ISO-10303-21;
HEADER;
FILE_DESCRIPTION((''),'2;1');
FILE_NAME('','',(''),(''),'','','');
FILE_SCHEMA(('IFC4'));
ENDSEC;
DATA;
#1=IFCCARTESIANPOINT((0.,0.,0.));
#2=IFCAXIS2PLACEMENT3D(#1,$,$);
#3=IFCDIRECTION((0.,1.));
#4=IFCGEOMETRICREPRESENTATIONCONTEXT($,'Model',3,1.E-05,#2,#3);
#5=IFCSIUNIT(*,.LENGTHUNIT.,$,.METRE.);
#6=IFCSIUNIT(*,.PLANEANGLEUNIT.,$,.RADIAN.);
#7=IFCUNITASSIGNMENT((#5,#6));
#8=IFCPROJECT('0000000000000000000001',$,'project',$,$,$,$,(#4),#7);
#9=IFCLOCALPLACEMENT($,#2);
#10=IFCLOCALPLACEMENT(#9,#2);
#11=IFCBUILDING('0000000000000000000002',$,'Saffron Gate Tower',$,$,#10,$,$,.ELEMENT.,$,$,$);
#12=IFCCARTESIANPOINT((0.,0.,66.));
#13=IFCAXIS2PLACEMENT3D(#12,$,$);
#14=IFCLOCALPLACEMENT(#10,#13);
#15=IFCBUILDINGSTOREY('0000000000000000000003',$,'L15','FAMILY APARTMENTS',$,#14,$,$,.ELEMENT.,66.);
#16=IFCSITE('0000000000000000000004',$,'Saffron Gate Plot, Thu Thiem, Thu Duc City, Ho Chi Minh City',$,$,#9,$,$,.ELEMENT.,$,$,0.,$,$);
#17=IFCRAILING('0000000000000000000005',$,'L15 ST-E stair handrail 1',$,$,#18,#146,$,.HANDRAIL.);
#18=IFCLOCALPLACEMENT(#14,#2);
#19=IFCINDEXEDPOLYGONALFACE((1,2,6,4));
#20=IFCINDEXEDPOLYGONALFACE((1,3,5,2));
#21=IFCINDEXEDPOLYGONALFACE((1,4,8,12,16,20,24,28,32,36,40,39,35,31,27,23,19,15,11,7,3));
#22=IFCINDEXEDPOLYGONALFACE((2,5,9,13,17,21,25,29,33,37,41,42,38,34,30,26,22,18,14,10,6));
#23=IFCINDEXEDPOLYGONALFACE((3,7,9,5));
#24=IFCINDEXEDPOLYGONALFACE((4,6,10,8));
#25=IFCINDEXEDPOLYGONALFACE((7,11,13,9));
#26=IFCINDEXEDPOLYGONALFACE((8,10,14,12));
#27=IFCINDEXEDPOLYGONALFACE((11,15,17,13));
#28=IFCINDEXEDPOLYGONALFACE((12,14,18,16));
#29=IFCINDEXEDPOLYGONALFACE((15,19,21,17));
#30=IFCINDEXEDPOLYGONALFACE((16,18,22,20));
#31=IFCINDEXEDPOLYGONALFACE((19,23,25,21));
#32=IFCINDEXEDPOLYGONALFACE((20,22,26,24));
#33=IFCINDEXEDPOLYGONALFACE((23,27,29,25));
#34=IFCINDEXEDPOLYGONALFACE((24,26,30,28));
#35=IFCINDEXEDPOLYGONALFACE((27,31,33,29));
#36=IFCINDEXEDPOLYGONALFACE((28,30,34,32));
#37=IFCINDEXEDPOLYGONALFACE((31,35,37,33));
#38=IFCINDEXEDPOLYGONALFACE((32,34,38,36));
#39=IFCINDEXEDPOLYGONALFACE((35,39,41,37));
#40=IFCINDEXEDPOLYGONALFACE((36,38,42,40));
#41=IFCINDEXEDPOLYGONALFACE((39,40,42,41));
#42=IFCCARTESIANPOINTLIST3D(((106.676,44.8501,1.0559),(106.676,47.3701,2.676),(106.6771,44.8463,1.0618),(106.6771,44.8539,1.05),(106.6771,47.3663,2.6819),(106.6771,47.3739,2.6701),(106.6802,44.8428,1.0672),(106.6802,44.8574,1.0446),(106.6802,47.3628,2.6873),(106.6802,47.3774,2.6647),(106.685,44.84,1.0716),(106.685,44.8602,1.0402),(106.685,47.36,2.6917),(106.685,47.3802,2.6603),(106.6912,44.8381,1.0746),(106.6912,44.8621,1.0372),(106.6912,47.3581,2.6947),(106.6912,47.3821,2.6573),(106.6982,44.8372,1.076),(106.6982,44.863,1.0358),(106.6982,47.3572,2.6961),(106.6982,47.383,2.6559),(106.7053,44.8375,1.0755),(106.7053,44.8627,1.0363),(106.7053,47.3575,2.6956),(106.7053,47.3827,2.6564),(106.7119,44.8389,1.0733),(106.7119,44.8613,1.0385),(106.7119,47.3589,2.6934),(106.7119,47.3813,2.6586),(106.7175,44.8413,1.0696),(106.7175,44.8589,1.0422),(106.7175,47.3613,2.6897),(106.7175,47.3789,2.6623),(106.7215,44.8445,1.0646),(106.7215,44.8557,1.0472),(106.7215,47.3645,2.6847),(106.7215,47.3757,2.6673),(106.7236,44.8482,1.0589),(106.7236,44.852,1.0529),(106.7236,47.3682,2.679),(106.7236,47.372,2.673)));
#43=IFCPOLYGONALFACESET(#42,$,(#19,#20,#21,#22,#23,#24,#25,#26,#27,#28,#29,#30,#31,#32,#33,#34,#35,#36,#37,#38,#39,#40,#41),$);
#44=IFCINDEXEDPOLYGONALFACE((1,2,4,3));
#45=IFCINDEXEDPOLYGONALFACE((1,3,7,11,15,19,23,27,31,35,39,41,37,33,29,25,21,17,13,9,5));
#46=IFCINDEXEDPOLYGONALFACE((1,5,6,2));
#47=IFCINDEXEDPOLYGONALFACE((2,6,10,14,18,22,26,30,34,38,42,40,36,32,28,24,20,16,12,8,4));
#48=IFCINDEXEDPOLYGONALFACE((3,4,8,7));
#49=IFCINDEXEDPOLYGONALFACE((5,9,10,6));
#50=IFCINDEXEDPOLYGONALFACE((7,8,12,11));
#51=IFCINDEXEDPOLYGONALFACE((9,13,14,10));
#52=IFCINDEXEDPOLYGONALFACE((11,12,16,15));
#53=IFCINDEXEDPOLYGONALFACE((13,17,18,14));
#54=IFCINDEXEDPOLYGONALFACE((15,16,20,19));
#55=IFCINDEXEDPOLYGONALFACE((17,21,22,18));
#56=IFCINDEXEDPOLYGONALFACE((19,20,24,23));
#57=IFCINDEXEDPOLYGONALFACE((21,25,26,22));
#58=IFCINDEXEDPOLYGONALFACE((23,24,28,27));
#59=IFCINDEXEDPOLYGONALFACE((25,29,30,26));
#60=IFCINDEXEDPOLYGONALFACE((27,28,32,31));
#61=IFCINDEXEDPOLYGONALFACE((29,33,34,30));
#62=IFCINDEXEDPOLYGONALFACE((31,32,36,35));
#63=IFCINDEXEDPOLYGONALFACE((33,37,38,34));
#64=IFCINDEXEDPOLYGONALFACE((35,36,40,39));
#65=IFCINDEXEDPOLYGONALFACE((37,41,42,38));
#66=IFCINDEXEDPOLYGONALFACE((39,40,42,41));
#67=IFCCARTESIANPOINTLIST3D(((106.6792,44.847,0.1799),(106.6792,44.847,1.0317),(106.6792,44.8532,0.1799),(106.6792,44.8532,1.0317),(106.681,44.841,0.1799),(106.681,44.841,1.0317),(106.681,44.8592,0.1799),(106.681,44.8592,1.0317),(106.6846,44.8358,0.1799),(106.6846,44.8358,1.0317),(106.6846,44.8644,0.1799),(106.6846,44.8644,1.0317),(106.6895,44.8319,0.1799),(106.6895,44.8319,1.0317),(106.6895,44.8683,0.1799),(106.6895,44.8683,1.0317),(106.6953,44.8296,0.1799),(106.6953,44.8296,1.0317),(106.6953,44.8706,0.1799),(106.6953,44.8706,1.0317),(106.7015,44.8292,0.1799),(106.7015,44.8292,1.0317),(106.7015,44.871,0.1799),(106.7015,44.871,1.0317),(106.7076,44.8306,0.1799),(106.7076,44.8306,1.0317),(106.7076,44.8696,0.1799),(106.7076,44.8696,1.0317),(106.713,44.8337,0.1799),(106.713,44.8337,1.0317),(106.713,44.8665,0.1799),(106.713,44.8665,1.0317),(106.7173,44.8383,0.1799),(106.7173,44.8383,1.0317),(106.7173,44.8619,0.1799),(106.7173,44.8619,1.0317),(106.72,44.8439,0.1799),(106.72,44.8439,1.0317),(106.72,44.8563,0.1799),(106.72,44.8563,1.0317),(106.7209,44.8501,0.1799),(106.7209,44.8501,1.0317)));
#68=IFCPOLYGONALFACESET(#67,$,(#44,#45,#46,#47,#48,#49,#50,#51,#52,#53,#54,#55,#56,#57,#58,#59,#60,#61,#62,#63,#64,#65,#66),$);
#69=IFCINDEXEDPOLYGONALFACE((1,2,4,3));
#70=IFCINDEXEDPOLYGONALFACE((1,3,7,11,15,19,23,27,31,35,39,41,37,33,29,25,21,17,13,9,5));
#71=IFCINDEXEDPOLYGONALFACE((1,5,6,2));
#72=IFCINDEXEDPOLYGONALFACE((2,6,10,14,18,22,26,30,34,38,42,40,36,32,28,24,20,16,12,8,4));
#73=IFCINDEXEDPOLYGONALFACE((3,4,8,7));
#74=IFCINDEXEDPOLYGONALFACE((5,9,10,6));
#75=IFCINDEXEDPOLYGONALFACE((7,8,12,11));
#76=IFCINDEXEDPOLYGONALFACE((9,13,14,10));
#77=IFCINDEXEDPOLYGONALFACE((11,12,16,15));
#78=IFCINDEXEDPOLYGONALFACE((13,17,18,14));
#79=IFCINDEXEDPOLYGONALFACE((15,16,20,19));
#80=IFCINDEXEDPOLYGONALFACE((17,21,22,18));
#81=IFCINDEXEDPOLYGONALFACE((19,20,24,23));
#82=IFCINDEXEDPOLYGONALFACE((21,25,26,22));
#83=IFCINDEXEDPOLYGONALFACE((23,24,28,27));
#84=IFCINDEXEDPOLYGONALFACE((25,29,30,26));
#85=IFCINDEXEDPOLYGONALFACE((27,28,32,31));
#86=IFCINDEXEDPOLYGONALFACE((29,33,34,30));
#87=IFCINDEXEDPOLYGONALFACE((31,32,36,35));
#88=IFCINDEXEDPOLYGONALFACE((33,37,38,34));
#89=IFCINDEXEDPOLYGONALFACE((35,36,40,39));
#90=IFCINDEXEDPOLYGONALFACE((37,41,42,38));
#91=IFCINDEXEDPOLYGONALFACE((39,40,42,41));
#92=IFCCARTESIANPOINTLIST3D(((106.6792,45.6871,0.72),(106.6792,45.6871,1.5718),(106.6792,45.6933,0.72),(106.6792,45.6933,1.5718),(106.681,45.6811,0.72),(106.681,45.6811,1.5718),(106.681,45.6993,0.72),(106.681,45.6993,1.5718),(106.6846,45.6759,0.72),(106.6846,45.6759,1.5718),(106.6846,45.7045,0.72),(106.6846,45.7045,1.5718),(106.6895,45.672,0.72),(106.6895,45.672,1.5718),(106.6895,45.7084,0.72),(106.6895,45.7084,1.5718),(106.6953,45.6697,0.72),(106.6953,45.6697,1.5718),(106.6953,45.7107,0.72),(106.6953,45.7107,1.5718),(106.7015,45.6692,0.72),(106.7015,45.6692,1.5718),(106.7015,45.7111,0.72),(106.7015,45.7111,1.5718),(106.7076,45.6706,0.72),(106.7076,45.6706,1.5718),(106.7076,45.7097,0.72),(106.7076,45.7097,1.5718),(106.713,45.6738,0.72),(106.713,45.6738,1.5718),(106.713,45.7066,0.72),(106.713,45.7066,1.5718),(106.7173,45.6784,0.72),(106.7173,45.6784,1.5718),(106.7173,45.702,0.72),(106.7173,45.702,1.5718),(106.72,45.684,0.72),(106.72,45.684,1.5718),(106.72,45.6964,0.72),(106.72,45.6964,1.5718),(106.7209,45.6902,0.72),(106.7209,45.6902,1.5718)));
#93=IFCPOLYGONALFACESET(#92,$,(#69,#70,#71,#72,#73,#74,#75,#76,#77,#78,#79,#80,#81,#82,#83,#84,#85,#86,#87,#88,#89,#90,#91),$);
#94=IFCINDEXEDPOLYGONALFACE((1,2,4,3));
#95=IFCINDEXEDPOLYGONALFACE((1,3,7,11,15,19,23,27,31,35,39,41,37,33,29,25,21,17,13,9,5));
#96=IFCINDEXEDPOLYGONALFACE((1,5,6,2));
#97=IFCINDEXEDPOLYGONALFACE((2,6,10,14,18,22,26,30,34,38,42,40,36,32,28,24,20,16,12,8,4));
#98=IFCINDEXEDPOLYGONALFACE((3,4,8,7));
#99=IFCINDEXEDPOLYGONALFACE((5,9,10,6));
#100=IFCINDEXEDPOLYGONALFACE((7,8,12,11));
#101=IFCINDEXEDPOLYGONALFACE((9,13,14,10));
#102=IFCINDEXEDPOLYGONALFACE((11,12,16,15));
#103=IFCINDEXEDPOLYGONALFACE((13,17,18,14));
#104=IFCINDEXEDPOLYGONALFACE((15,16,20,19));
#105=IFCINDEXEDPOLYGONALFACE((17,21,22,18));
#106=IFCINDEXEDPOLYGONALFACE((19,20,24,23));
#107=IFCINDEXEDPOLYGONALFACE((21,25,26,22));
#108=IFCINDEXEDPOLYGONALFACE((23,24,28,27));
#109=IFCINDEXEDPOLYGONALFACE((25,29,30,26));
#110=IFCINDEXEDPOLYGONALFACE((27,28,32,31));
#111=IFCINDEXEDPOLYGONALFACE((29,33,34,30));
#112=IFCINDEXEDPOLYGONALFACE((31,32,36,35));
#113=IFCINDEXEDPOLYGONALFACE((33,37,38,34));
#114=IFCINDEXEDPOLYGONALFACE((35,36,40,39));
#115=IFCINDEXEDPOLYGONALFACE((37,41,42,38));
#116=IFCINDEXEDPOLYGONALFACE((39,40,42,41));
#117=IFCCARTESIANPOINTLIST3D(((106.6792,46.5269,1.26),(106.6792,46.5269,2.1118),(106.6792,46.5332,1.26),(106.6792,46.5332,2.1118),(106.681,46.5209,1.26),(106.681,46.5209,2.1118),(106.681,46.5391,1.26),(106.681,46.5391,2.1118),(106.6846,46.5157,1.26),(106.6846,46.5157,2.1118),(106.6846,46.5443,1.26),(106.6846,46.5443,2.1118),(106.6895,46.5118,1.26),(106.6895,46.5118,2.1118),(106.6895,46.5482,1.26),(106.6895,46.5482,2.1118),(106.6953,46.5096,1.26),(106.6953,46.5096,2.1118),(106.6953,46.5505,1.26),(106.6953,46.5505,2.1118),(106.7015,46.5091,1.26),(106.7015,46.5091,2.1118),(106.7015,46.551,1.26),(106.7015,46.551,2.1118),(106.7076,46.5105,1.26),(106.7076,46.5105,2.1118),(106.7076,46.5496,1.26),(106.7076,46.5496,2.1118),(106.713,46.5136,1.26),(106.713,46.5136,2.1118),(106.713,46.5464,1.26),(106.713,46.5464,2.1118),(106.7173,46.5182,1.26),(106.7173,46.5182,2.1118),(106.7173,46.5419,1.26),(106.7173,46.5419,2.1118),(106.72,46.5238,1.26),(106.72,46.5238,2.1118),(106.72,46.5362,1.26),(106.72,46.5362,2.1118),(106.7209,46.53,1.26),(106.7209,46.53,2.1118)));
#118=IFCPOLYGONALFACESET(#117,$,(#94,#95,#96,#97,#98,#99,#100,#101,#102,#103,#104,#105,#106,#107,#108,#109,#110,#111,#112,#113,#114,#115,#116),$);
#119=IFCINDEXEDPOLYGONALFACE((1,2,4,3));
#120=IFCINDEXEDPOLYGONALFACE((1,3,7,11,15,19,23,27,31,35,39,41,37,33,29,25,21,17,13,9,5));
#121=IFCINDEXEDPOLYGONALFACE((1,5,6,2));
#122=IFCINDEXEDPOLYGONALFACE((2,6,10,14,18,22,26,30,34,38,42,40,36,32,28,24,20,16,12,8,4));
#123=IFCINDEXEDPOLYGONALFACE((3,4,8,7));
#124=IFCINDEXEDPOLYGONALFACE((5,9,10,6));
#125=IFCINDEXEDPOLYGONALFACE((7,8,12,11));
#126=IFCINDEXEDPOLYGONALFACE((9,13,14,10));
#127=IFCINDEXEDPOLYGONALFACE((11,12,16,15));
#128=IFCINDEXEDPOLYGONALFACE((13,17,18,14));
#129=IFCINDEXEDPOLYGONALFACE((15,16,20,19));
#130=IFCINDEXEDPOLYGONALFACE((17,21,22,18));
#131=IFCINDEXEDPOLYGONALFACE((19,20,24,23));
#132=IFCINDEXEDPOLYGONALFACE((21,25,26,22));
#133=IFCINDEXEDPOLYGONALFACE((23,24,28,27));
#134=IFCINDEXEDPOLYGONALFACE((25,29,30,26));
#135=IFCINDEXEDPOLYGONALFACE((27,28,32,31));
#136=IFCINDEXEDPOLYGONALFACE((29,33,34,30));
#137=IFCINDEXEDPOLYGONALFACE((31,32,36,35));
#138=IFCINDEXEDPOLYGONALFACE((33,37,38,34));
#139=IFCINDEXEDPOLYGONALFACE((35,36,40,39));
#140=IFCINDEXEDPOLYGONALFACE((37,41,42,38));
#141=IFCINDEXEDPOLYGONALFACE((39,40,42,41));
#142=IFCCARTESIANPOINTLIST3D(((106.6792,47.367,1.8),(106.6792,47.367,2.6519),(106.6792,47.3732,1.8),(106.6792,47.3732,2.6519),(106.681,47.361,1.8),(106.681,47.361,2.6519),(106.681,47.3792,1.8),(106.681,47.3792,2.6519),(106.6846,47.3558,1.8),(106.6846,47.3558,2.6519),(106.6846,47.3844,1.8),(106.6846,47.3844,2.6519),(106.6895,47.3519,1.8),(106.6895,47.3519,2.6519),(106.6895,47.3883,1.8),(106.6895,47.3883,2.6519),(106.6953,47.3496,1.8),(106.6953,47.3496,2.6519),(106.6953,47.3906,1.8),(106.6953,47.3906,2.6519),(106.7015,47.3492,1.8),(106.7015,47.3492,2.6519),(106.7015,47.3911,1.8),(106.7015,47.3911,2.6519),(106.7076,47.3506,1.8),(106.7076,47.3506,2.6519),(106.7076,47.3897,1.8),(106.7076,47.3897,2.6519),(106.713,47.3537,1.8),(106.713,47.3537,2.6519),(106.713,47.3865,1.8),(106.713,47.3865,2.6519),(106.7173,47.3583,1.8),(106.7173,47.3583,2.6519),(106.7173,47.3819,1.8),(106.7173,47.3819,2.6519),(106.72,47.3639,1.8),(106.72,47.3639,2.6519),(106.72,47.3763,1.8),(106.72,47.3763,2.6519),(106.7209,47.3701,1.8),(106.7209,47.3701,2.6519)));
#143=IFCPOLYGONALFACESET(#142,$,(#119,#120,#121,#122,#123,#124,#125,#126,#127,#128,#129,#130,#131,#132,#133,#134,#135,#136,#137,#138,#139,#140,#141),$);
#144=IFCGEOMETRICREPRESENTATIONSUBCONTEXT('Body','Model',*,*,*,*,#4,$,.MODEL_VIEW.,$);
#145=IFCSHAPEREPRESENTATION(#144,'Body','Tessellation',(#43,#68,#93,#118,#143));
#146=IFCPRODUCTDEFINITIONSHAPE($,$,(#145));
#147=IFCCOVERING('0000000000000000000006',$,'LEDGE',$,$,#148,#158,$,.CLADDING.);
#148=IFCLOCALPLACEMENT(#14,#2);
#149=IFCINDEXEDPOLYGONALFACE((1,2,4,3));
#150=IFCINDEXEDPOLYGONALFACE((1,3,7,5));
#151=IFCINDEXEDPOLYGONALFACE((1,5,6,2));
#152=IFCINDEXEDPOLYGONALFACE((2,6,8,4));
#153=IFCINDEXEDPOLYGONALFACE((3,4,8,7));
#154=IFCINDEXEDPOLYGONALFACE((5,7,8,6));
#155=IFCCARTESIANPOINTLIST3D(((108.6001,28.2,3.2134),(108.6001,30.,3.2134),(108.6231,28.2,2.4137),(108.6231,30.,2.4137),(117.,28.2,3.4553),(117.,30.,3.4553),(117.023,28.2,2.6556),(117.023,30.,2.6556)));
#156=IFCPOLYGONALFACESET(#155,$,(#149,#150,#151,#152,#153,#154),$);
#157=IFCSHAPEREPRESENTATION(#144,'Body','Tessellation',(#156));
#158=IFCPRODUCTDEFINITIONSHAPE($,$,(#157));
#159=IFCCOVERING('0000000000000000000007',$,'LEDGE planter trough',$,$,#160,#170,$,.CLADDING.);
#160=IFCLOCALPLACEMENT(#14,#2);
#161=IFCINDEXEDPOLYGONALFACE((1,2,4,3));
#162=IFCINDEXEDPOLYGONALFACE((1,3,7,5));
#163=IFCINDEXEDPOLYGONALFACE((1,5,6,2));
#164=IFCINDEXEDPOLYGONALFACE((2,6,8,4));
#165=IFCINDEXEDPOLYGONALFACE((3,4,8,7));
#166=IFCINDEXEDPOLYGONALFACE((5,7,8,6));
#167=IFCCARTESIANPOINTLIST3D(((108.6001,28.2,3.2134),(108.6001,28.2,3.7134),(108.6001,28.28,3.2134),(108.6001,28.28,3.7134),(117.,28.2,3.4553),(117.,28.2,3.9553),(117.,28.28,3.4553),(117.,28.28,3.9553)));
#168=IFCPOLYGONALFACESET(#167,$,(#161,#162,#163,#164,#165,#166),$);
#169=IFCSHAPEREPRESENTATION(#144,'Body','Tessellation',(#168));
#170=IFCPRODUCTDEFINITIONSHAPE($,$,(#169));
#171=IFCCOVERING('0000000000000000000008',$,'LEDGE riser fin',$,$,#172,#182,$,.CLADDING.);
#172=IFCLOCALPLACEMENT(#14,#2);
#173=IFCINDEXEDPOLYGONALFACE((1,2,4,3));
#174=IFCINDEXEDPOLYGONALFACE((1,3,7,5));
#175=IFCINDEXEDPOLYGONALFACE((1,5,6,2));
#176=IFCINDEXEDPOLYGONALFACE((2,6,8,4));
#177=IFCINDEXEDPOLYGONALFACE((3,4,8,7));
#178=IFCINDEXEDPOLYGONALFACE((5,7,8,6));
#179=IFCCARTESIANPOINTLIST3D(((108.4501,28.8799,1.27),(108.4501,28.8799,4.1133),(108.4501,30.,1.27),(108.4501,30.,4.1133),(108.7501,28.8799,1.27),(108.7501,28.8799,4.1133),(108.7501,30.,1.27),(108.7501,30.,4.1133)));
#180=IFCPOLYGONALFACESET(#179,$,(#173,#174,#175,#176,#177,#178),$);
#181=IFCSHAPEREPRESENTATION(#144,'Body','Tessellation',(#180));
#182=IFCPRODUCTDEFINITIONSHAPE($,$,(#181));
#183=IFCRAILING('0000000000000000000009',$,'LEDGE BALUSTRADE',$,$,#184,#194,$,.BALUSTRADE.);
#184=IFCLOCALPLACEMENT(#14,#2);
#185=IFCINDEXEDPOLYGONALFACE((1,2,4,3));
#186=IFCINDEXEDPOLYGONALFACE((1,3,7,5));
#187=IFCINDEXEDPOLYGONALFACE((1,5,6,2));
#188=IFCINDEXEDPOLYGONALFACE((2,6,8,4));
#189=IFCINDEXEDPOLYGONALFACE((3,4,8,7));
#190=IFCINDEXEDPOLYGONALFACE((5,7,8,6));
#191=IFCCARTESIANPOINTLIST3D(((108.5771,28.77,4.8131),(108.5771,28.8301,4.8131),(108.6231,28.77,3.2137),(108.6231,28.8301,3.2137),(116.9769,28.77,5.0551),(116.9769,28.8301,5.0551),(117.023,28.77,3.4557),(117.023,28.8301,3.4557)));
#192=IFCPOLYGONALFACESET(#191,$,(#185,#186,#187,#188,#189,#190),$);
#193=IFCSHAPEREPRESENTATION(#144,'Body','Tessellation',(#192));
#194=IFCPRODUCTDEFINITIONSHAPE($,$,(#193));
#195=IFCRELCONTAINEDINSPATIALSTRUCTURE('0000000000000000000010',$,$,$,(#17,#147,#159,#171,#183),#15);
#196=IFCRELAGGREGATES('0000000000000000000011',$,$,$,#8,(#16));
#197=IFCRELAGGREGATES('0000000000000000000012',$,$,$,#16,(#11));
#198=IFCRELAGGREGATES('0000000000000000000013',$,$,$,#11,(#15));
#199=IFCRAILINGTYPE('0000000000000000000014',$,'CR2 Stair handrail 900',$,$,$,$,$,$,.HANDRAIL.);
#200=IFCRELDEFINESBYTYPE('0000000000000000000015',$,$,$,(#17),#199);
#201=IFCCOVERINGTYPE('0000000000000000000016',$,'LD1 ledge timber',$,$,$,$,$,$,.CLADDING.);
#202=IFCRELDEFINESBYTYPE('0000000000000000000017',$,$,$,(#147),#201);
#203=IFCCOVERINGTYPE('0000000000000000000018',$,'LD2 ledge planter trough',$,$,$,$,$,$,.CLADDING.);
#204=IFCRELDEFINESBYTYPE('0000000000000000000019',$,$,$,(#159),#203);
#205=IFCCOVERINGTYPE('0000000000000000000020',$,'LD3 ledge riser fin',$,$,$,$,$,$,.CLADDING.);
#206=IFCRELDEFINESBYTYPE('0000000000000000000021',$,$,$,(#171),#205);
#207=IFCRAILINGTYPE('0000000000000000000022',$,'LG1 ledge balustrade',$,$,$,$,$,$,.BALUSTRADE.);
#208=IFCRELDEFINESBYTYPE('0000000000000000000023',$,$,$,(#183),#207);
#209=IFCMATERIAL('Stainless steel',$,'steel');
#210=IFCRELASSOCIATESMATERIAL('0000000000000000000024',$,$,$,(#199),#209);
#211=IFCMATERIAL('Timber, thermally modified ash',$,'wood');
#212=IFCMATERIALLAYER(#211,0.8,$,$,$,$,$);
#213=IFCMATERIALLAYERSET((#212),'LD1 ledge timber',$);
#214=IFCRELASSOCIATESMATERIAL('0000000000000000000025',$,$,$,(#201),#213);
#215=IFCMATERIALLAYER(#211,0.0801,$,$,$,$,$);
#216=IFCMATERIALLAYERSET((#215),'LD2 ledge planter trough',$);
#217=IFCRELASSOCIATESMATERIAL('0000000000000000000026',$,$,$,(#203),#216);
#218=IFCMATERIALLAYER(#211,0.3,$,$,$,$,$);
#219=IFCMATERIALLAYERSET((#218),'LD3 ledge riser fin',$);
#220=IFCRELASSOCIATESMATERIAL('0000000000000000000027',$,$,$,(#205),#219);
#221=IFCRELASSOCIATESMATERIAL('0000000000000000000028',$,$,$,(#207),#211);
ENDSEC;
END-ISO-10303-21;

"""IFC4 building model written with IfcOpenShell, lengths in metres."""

from ifc_helpers import new_model, si_unit, direction, frame, origin, origin_2d, place, context, subcontext, project, spatial, polyline, rectangle, circle, outline, extrude, material, layer, layer_set, type_object, element, save


model = new_model("IFC4")

# Units and contexts
model_context = context("Model", 3, precision=1e-05, world=origin(), true_north=direction((0.0, 1.0)))
body_context = subcontext(model_context, "Body", "Model", "MODEL_VIEW")
ifc_project = project(units=[si_unit("LENGTHUNIT", "METRE"), si_unit("PLANEANGLEUNIT", "RADIAN")], contexts=[model_context])

# Site, building, storey
site_placement = place(None, origin())
site = spatial("IfcSite", under=ifc_project, at=site_placement, Name="Saffron Gate Plot, Thu Thiem, Thu Duc City, Ho Chi Minh City", CompositionType="ELEMENT", RefElevation=0.0)
building_placement = place(site_placement, origin())
building = spatial("IfcBuilding", under=site, at=building_placement, Name="Saffron Gate Tower", CompositionType="ELEMENT")
storey_placement = place(building_placement, frame((0.0, 0.0, 66.0)))
storey = spatial("IfcBuildingStorey", under=building, at=storey_placement, Name="L15", Description="FAMILY APARTMENTS", CompositionType="ELEMENT", Elevation=66.0)

# Railing
ifc_material_1 = material(Name="Stainless steel", Category="steel")
railing_type_1 = type_object("IfcRailingType", Name="CR2 Stair handrail 900", PredefinedType="HANDRAIL", material=ifc_material_1)
railing_1_placement = place(storey_placement, frame((106.7, 44.8501, 0.1799)))
element("IfcRailing", 1, at=railing_1_placement, inside=storey, type_object=railing_type_1, Name="L15 ST-E stair handrail 1", PredefinedType="HANDRAIL", context=body_context, shape_type="SweptSolid", body=[
    extrude(circle(Radius=0.0239, at=origin_2d()), frame((0.0, 0.0, 0.876), z_axis=(0.0, 0.841163, 0.540782), x_axis=(-1.0, 0.0, 0.0)), (0.0, 0.0, 1.0), 2.9958),
    extrude(circle(Radius=0.021, at=origin_2d()), origin(), (0.0, 0.0, 1.0), 0.8518),
    extrude(circle(Radius=0.021, at=origin_2d()), frame((0.0, 0.8401, 0.54)), (0.0, 0.0, 1.0), 0.8518),
    extrude(circle(Radius=0.021, at=origin_2d()), frame((0.0, 1.6799, 1.0801)), (0.0, 0.0, 1.0), 0.8518),
    extrude(circle(Radius=0.021, at=origin_2d()), frame((0.0, 2.52, 1.6201)), (0.0, 0.0, 1.0), 0.8518),
])

# Coverings
ifc_material_2 = material(Name="Timber, thermally modified ash", Category="wood")
ifc_layer_1 = layer(ifc_material_2, 0.8)
ifc_layer_set_1 = layer_set([ifc_layer_1], Name="LD1 ledge timber")
covering_type_1 = type_object("IfcCoveringType", Name="LD1 ledge timber", PredefinedType="CLADDING", material=ifc_layer_set_1)
covering_1_placement = place(storey_placement, frame((108.6001, 30.0, 3.2134), z_axis=(-0.028791, 0.0, 0.999585), x_axis=(0.999585, 0.0, 0.028791)))
element("IfcCovering", 2, at=covering_1_placement, inside=storey, type_object=covering_type_1, Name="LEDGE", PredefinedType="CLADDING", context=body_context, shape_type="SweptSolid", body=[
    extrude(outline(polyline([(0.0, 0.0), (8.4034, 0.0), (8.4034, -1.8), (0.0, -1.8), (0.0, 0.0)])), origin(), (0.0, 0.0, -1.0), 0.8),
])
ifc_layer_2 = layer(ifc_material_2, 0.0801)
ifc_layer_set_2 = layer_set([ifc_layer_2], Name="LD2 ledge planter trough")
covering_type_2 = type_object("IfcCoveringType", Name="LD2 ledge planter trough", PredefinedType="CLADDING", material=ifc_layer_set_2)
covering_2_placement = place(storey_placement, frame((108.6001, 28.2, 3.2134), z_axis=(0.0, -1.0, 0.0), x_axis=(0.999585, 0.0, 0.028791)))
element("IfcCovering", 3, at=covering_2_placement, inside=storey, type_object=covering_type_2, Name="LEDGE planter trough", PredefinedType="CLADDING", context=body_context, shape_type="SweptSolid", body=[
    extrude(outline(polyline([(0.0, 0.0), (8.4034, 0.0), (8.4178, 0.4998), (0.0144, 0.4998), (0.0, 0.0)])), origin(), (0.0, 0.0, -1.0), 0.0801),
])
ifc_layer_3 = layer(ifc_material_2, 0.3)
ifc_layer_set_3 = layer_set([ifc_layer_3], Name="LD3 ledge riser fin")
covering_type_3 = type_object("IfcCoveringType", Name="LD3 ledge riser fin", PredefinedType="CLADDING", material=ifc_layer_set_3)
covering_3_placement = place(storey_placement, frame((108.6001, 29.4399, 1.27), z_axis=(0.0, 0.0, 1.0), x_axis=(1.0, 0.0, 0.0)))
element("IfcCovering", 4, at=covering_3_placement, inside=storey, type_object=covering_type_3, Name="LEDGE riser fin", PredefinedType="CLADDING", context=body_context, shape_type="SweptSolid", body=[
    extrude(rectangle(XDim=0.3, YDim=1.1201, at=origin_2d()), origin(), (0.0, 0.0, 1.0), 2.8433),
])

# Railing
railing_type_2 = type_object("IfcRailingType", Name="LG1 ledge balustrade", PredefinedType="BALUSTRADE", material=ifc_material_2)
railing_2_placement = place(storey_placement, frame((108.6001, 28.8, 3.2134)))
element("IfcRailing", 5, at=railing_2_placement, inside=storey, type_object=railing_type_2, Name="LEDGE BALUSTRADE", PredefinedType="BALUSTRADE", context=body_context, shape_type="SweptSolid", body=[
    extrude(rectangle(XDim=0.0601, YDim=1.6001, at=origin_2d()), frame((0.0, 0.0, 0.8), z_axis=(0.999585, 0.0, 0.028791), x_axis=(0.0, 1.0, 0.0)), (0.0, 0.0, 1.0), 8.4033),
])

save(model, "model.ifc")
